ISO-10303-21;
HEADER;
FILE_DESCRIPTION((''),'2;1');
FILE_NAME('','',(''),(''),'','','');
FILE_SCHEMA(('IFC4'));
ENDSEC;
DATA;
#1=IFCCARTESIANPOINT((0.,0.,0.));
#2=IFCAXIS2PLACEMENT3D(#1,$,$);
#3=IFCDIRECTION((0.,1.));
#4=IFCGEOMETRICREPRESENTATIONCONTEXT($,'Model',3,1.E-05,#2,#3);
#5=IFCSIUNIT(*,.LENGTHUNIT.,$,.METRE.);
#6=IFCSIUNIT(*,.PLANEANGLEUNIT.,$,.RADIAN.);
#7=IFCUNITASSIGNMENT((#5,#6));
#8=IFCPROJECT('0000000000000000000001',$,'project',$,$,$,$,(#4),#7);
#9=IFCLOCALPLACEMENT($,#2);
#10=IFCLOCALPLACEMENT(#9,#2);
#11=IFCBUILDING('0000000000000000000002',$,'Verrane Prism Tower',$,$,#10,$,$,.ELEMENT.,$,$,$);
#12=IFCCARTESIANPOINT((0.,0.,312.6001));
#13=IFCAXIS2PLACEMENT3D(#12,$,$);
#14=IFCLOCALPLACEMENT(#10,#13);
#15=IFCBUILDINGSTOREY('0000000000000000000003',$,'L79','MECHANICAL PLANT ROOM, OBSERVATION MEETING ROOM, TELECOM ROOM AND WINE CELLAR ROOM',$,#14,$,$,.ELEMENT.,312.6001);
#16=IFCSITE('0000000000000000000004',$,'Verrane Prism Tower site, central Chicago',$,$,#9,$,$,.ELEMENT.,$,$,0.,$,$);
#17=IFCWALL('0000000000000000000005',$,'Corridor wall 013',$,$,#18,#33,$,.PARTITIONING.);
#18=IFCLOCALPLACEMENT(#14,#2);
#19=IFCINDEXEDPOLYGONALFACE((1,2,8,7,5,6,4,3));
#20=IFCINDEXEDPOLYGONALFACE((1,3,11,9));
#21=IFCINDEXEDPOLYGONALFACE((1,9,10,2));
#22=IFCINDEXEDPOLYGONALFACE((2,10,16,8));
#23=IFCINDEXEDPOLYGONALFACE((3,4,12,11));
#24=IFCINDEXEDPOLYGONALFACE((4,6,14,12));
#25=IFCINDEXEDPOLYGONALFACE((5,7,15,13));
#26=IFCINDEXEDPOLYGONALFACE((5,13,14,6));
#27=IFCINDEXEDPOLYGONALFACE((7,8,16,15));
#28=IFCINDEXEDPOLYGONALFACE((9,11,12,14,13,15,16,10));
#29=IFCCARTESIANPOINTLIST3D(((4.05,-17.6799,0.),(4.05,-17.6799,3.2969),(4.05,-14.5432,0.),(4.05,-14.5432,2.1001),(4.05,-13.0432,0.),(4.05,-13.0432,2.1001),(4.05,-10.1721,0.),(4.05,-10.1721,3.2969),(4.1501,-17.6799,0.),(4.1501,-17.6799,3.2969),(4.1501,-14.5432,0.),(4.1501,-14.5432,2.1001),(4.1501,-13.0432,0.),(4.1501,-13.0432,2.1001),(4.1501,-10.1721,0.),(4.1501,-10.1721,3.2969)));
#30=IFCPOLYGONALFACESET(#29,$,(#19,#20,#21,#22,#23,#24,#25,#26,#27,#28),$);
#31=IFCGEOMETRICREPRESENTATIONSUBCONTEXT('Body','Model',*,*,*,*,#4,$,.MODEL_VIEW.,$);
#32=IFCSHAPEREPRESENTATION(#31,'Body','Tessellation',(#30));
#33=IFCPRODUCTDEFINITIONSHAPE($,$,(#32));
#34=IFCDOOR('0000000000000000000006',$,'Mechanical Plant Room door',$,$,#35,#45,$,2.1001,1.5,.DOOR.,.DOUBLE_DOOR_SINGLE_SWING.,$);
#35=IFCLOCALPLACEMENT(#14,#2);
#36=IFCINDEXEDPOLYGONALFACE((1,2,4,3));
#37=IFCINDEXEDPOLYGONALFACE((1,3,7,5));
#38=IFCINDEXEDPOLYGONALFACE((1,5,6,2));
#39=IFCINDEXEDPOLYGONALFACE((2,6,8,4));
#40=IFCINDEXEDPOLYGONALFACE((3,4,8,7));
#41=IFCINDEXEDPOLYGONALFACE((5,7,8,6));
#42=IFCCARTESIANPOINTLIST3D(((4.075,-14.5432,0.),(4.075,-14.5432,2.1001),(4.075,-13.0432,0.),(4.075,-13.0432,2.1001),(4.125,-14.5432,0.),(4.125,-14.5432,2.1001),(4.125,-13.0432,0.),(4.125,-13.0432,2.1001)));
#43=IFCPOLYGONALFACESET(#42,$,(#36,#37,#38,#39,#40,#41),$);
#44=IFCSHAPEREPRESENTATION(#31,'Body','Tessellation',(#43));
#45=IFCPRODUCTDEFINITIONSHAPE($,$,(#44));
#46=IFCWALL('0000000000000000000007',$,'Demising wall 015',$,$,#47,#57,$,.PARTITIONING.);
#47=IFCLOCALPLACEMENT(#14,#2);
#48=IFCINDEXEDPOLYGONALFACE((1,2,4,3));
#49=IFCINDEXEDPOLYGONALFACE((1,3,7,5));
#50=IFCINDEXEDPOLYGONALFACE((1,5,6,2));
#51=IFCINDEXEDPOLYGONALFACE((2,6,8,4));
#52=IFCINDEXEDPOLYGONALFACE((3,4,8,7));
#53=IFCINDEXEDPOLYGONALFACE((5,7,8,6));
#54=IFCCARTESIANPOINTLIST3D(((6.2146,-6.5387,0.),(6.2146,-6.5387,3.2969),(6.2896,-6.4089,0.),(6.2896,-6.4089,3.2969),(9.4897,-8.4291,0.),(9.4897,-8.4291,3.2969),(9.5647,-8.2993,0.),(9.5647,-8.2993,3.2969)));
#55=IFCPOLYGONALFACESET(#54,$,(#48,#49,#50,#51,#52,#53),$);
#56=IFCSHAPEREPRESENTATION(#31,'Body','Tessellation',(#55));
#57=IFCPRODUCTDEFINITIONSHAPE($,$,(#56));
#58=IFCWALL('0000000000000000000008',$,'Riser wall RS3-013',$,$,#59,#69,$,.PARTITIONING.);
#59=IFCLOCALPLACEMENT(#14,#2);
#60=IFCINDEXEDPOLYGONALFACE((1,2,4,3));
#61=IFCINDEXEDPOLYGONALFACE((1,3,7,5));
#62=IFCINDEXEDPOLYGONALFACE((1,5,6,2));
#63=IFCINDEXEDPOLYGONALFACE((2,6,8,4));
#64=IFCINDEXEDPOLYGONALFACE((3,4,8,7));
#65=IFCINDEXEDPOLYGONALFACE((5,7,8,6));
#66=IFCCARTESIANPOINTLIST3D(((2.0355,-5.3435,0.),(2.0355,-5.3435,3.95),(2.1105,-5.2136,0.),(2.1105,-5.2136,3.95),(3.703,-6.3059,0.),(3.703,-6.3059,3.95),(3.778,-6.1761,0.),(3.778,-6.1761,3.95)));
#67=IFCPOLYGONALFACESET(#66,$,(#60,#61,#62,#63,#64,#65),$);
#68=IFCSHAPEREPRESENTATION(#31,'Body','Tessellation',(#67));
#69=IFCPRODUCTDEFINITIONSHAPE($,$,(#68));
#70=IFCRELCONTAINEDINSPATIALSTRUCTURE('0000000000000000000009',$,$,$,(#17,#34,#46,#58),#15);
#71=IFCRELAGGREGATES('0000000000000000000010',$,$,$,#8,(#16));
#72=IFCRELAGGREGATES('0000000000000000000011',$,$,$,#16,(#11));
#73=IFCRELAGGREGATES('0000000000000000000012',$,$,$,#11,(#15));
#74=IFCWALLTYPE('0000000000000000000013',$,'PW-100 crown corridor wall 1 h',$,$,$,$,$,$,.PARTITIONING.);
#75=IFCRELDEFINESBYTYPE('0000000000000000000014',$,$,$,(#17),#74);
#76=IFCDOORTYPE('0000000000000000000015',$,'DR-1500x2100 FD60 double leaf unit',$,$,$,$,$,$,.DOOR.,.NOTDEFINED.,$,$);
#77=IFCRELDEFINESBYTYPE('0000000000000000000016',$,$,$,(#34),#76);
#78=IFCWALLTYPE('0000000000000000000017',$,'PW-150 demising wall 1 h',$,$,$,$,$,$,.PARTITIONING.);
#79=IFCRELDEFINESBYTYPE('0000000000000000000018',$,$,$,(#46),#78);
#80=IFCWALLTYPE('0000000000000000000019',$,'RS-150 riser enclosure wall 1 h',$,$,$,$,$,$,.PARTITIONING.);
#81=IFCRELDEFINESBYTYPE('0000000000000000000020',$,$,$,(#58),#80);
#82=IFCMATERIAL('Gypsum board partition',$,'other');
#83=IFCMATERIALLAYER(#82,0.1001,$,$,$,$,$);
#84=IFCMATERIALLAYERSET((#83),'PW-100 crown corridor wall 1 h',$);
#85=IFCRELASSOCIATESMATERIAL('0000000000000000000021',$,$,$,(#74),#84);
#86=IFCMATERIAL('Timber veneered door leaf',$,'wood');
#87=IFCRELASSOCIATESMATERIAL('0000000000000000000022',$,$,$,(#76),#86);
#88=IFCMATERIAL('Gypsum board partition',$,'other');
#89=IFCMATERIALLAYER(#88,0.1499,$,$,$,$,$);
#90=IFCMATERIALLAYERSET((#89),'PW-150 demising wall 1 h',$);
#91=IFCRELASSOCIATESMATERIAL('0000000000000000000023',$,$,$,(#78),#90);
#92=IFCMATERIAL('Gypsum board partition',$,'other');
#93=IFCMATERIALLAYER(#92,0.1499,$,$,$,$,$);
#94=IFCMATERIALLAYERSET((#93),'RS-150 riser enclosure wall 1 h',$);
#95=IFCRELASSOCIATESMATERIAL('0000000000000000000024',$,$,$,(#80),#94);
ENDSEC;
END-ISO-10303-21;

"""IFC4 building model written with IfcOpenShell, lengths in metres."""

from ifc_helpers import new_model, si_unit, direction, frame, frame_2d, origin, place, context, subcontext, project, spatial, rectangle, extrude, material, layer, layer_set, type_object, element, fill, save


model = new_model("IFC4")

# Units and contexts
model_context = context("Model", 3, precision=1e-05, world=origin(), true_north=direction((0.0, 1.0)))
body_context = subcontext(model_context, "Body", "Model", "MODEL_VIEW")
ifc_project = project(units=[si_unit("LENGTHUNIT", "METRE"), si_unit("PLANEANGLEUNIT", "RADIAN")], contexts=[model_context])

# Site, building, storey
site_placement = place(None, origin())
site = spatial("IfcSite", under=ifc_project, at=site_placement, Name="Verrane Prism Tower site, central Chicago", CompositionType="ELEMENT", RefElevation=0.0)
building_placement = place(site_placement, origin())
building = spatial("IfcBuilding", under=site, at=building_placement, Name="Verrane Prism Tower", CompositionType="ELEMENT")
storey_placement = place(building_placement, frame((0.0, 0.0, 312.6001)))
storey = spatial("IfcBuildingStorey", under=building, at=storey_placement, Name="L79", Description="MECHANICAL PLANT ROOM, OBSERVATION MEETING ROOM, TELECOM ROOM AND WINE CELLAR ROOM", CompositionType="ELEMENT", Elevation=312.6001)

# Wall, opening, door
ifc_material_1 = material(Name="Gypsum board partition", Category="other")
ifc_layer_1 = layer(ifc_material_1, 0.1001)
ifc_layer_set_1 = layer_set([ifc_layer_1], Name="PW-100 crown corridor wall 1 h")
wall_type_1 = type_object("IfcWallType", Name="PW-100 crown corridor wall 1 h", PredefinedType="PARTITIONING", material=ifc_layer_set_1)
wall_1_placement = place(storey_placement, frame((4.1001, -10.1721, 0.0), z_axis=(0.0, 0.0, 1.0), x_axis=(0.0, -1.0, 0.0)))
wall_1 = element("IfcWall", 1, at=wall_1_placement, inside=storey, type_object=wall_type_1, Name="Corridor wall 013", PredefinedType="PARTITIONING", context=body_context, shape_type="SweptSolid", body=[
    extrude(rectangle(XDim=7.5078, YDim=0.1001, at=frame_2d((3.7539, 0.0))), origin(), (0.0, 0.0, 1.0), 3.2969),
])
opening_placement = place(wall_1_placement, frame((2.8711, 0.0, 0.0)))
opening = element("IfcOpeningElement", 2, at=opening_placement, cuts=wall_1, PredefinedType="OPENING", context=body_context, shape_type="SweptSolid", body=[
    extrude(rectangle(XDim=1.5, YDim=2.1001, at=frame_2d((0.75, 1.05))), frame((0.0, 0.0601, 0.0), z_axis=(0.0, -1.0, 0.0), x_axis=(1.0, 0.0, 0.0)), (0.0, 0.0, 1.0), 0.1201),
])
ifc_material_2 = material(Name="Timber veneered door leaf", Category="wood")
door_type = type_object("IfcDoorType", Name="DR-1500x2100 FD60 double leaf unit", OperationType="NOTDEFINED", PredefinedType="DOOR", material=ifc_material_2)
door_placement = place(opening_placement, origin())
door = element("IfcDoor", 3, at=door_placement, inside=storey, type_object=door_type, Name="Mechanical Plant Room door", OperationType="DOUBLE_DOOR_SINGLE_SWING", OverallHeight=2.1001, OverallWidth=1.5, PredefinedType="DOOR", context=body_context, shape_type="SweptSolid", body=[
    extrude(rectangle(XDim=1.5, YDim=2.1001, at=frame_2d((0.75, 1.05))), frame((0.0, 0.0249, 0.0), z_axis=(0.0, -1.0, 0.0), x_axis=(1.0, 0.0, 0.0)), (0.0, 0.0, 1.0), 0.05),
])
fill(opening, door)

# Walls
ifc_material_3 = material(Name="Gypsum board partition", Category="other")
ifc_layer_2 = layer(ifc_material_3, 0.1499)
ifc_layer_set_2 = layer_set([ifc_layer_2], Name="PW-150 demising wall 1 h")
wall_type_2 = type_object("IfcWallType", Name="PW-150 demising wall 1 h", PredefinedType="PARTITIONING", material=ifc_layer_set_2)
wall_2_placement = place(storey_placement, frame((6.2522, -6.4739, 0.0), z_axis=(0.0, 0.0, 1.0), x_axis=(0.866086, -0.499896, 0.0)))
element("IfcWall", 4, at=wall_2_placement, inside=storey, type_object=wall_type_2, Name="Demising wall 015", PredefinedType="PARTITIONING", context=body_context, shape_type="SweptSolid", body=[
    extrude(rectangle(XDim=3.7815, YDim=0.1499, at=frame_2d((1.8906, 0.0))), origin(), (0.0, 0.0, 1.0), 3.2969),
])
ifc_material_4 = material(Name="Gypsum board partition", Category="other")
ifc_layer_3 = layer(ifc_material_4, 0.1499)
ifc_layer_set_3 = layer_set([ifc_layer_3], Name="RS-150 riser enclosure wall 1 h")
wall_type_3 = type_object("IfcWallType", Name="RS-150 riser enclosure wall 1 h", PredefinedType="PARTITIONING", material=ifc_layer_set_3)
wall_3_placement = place(storey_placement, frame((2.073, -5.2786, 0.0), z_axis=(0.0, 0.0, 1.0), x_axis=(0.866097, -0.499876, 0.0)))
element("IfcWall", 5, at=wall_3_placement, inside=storey, type_object=wall_type_3, Name="Riser wall RS3-013", PredefinedType="PARTITIONING", context=body_context, shape_type="SweptSolid", body=[
    extrude(rectangle(XDim=1.9253, YDim=0.1499, at=frame_2d((0.9626, 0.0))), origin(), (0.0, 0.0, 1.0), 3.95),
])

save(model, "model.ifc")
